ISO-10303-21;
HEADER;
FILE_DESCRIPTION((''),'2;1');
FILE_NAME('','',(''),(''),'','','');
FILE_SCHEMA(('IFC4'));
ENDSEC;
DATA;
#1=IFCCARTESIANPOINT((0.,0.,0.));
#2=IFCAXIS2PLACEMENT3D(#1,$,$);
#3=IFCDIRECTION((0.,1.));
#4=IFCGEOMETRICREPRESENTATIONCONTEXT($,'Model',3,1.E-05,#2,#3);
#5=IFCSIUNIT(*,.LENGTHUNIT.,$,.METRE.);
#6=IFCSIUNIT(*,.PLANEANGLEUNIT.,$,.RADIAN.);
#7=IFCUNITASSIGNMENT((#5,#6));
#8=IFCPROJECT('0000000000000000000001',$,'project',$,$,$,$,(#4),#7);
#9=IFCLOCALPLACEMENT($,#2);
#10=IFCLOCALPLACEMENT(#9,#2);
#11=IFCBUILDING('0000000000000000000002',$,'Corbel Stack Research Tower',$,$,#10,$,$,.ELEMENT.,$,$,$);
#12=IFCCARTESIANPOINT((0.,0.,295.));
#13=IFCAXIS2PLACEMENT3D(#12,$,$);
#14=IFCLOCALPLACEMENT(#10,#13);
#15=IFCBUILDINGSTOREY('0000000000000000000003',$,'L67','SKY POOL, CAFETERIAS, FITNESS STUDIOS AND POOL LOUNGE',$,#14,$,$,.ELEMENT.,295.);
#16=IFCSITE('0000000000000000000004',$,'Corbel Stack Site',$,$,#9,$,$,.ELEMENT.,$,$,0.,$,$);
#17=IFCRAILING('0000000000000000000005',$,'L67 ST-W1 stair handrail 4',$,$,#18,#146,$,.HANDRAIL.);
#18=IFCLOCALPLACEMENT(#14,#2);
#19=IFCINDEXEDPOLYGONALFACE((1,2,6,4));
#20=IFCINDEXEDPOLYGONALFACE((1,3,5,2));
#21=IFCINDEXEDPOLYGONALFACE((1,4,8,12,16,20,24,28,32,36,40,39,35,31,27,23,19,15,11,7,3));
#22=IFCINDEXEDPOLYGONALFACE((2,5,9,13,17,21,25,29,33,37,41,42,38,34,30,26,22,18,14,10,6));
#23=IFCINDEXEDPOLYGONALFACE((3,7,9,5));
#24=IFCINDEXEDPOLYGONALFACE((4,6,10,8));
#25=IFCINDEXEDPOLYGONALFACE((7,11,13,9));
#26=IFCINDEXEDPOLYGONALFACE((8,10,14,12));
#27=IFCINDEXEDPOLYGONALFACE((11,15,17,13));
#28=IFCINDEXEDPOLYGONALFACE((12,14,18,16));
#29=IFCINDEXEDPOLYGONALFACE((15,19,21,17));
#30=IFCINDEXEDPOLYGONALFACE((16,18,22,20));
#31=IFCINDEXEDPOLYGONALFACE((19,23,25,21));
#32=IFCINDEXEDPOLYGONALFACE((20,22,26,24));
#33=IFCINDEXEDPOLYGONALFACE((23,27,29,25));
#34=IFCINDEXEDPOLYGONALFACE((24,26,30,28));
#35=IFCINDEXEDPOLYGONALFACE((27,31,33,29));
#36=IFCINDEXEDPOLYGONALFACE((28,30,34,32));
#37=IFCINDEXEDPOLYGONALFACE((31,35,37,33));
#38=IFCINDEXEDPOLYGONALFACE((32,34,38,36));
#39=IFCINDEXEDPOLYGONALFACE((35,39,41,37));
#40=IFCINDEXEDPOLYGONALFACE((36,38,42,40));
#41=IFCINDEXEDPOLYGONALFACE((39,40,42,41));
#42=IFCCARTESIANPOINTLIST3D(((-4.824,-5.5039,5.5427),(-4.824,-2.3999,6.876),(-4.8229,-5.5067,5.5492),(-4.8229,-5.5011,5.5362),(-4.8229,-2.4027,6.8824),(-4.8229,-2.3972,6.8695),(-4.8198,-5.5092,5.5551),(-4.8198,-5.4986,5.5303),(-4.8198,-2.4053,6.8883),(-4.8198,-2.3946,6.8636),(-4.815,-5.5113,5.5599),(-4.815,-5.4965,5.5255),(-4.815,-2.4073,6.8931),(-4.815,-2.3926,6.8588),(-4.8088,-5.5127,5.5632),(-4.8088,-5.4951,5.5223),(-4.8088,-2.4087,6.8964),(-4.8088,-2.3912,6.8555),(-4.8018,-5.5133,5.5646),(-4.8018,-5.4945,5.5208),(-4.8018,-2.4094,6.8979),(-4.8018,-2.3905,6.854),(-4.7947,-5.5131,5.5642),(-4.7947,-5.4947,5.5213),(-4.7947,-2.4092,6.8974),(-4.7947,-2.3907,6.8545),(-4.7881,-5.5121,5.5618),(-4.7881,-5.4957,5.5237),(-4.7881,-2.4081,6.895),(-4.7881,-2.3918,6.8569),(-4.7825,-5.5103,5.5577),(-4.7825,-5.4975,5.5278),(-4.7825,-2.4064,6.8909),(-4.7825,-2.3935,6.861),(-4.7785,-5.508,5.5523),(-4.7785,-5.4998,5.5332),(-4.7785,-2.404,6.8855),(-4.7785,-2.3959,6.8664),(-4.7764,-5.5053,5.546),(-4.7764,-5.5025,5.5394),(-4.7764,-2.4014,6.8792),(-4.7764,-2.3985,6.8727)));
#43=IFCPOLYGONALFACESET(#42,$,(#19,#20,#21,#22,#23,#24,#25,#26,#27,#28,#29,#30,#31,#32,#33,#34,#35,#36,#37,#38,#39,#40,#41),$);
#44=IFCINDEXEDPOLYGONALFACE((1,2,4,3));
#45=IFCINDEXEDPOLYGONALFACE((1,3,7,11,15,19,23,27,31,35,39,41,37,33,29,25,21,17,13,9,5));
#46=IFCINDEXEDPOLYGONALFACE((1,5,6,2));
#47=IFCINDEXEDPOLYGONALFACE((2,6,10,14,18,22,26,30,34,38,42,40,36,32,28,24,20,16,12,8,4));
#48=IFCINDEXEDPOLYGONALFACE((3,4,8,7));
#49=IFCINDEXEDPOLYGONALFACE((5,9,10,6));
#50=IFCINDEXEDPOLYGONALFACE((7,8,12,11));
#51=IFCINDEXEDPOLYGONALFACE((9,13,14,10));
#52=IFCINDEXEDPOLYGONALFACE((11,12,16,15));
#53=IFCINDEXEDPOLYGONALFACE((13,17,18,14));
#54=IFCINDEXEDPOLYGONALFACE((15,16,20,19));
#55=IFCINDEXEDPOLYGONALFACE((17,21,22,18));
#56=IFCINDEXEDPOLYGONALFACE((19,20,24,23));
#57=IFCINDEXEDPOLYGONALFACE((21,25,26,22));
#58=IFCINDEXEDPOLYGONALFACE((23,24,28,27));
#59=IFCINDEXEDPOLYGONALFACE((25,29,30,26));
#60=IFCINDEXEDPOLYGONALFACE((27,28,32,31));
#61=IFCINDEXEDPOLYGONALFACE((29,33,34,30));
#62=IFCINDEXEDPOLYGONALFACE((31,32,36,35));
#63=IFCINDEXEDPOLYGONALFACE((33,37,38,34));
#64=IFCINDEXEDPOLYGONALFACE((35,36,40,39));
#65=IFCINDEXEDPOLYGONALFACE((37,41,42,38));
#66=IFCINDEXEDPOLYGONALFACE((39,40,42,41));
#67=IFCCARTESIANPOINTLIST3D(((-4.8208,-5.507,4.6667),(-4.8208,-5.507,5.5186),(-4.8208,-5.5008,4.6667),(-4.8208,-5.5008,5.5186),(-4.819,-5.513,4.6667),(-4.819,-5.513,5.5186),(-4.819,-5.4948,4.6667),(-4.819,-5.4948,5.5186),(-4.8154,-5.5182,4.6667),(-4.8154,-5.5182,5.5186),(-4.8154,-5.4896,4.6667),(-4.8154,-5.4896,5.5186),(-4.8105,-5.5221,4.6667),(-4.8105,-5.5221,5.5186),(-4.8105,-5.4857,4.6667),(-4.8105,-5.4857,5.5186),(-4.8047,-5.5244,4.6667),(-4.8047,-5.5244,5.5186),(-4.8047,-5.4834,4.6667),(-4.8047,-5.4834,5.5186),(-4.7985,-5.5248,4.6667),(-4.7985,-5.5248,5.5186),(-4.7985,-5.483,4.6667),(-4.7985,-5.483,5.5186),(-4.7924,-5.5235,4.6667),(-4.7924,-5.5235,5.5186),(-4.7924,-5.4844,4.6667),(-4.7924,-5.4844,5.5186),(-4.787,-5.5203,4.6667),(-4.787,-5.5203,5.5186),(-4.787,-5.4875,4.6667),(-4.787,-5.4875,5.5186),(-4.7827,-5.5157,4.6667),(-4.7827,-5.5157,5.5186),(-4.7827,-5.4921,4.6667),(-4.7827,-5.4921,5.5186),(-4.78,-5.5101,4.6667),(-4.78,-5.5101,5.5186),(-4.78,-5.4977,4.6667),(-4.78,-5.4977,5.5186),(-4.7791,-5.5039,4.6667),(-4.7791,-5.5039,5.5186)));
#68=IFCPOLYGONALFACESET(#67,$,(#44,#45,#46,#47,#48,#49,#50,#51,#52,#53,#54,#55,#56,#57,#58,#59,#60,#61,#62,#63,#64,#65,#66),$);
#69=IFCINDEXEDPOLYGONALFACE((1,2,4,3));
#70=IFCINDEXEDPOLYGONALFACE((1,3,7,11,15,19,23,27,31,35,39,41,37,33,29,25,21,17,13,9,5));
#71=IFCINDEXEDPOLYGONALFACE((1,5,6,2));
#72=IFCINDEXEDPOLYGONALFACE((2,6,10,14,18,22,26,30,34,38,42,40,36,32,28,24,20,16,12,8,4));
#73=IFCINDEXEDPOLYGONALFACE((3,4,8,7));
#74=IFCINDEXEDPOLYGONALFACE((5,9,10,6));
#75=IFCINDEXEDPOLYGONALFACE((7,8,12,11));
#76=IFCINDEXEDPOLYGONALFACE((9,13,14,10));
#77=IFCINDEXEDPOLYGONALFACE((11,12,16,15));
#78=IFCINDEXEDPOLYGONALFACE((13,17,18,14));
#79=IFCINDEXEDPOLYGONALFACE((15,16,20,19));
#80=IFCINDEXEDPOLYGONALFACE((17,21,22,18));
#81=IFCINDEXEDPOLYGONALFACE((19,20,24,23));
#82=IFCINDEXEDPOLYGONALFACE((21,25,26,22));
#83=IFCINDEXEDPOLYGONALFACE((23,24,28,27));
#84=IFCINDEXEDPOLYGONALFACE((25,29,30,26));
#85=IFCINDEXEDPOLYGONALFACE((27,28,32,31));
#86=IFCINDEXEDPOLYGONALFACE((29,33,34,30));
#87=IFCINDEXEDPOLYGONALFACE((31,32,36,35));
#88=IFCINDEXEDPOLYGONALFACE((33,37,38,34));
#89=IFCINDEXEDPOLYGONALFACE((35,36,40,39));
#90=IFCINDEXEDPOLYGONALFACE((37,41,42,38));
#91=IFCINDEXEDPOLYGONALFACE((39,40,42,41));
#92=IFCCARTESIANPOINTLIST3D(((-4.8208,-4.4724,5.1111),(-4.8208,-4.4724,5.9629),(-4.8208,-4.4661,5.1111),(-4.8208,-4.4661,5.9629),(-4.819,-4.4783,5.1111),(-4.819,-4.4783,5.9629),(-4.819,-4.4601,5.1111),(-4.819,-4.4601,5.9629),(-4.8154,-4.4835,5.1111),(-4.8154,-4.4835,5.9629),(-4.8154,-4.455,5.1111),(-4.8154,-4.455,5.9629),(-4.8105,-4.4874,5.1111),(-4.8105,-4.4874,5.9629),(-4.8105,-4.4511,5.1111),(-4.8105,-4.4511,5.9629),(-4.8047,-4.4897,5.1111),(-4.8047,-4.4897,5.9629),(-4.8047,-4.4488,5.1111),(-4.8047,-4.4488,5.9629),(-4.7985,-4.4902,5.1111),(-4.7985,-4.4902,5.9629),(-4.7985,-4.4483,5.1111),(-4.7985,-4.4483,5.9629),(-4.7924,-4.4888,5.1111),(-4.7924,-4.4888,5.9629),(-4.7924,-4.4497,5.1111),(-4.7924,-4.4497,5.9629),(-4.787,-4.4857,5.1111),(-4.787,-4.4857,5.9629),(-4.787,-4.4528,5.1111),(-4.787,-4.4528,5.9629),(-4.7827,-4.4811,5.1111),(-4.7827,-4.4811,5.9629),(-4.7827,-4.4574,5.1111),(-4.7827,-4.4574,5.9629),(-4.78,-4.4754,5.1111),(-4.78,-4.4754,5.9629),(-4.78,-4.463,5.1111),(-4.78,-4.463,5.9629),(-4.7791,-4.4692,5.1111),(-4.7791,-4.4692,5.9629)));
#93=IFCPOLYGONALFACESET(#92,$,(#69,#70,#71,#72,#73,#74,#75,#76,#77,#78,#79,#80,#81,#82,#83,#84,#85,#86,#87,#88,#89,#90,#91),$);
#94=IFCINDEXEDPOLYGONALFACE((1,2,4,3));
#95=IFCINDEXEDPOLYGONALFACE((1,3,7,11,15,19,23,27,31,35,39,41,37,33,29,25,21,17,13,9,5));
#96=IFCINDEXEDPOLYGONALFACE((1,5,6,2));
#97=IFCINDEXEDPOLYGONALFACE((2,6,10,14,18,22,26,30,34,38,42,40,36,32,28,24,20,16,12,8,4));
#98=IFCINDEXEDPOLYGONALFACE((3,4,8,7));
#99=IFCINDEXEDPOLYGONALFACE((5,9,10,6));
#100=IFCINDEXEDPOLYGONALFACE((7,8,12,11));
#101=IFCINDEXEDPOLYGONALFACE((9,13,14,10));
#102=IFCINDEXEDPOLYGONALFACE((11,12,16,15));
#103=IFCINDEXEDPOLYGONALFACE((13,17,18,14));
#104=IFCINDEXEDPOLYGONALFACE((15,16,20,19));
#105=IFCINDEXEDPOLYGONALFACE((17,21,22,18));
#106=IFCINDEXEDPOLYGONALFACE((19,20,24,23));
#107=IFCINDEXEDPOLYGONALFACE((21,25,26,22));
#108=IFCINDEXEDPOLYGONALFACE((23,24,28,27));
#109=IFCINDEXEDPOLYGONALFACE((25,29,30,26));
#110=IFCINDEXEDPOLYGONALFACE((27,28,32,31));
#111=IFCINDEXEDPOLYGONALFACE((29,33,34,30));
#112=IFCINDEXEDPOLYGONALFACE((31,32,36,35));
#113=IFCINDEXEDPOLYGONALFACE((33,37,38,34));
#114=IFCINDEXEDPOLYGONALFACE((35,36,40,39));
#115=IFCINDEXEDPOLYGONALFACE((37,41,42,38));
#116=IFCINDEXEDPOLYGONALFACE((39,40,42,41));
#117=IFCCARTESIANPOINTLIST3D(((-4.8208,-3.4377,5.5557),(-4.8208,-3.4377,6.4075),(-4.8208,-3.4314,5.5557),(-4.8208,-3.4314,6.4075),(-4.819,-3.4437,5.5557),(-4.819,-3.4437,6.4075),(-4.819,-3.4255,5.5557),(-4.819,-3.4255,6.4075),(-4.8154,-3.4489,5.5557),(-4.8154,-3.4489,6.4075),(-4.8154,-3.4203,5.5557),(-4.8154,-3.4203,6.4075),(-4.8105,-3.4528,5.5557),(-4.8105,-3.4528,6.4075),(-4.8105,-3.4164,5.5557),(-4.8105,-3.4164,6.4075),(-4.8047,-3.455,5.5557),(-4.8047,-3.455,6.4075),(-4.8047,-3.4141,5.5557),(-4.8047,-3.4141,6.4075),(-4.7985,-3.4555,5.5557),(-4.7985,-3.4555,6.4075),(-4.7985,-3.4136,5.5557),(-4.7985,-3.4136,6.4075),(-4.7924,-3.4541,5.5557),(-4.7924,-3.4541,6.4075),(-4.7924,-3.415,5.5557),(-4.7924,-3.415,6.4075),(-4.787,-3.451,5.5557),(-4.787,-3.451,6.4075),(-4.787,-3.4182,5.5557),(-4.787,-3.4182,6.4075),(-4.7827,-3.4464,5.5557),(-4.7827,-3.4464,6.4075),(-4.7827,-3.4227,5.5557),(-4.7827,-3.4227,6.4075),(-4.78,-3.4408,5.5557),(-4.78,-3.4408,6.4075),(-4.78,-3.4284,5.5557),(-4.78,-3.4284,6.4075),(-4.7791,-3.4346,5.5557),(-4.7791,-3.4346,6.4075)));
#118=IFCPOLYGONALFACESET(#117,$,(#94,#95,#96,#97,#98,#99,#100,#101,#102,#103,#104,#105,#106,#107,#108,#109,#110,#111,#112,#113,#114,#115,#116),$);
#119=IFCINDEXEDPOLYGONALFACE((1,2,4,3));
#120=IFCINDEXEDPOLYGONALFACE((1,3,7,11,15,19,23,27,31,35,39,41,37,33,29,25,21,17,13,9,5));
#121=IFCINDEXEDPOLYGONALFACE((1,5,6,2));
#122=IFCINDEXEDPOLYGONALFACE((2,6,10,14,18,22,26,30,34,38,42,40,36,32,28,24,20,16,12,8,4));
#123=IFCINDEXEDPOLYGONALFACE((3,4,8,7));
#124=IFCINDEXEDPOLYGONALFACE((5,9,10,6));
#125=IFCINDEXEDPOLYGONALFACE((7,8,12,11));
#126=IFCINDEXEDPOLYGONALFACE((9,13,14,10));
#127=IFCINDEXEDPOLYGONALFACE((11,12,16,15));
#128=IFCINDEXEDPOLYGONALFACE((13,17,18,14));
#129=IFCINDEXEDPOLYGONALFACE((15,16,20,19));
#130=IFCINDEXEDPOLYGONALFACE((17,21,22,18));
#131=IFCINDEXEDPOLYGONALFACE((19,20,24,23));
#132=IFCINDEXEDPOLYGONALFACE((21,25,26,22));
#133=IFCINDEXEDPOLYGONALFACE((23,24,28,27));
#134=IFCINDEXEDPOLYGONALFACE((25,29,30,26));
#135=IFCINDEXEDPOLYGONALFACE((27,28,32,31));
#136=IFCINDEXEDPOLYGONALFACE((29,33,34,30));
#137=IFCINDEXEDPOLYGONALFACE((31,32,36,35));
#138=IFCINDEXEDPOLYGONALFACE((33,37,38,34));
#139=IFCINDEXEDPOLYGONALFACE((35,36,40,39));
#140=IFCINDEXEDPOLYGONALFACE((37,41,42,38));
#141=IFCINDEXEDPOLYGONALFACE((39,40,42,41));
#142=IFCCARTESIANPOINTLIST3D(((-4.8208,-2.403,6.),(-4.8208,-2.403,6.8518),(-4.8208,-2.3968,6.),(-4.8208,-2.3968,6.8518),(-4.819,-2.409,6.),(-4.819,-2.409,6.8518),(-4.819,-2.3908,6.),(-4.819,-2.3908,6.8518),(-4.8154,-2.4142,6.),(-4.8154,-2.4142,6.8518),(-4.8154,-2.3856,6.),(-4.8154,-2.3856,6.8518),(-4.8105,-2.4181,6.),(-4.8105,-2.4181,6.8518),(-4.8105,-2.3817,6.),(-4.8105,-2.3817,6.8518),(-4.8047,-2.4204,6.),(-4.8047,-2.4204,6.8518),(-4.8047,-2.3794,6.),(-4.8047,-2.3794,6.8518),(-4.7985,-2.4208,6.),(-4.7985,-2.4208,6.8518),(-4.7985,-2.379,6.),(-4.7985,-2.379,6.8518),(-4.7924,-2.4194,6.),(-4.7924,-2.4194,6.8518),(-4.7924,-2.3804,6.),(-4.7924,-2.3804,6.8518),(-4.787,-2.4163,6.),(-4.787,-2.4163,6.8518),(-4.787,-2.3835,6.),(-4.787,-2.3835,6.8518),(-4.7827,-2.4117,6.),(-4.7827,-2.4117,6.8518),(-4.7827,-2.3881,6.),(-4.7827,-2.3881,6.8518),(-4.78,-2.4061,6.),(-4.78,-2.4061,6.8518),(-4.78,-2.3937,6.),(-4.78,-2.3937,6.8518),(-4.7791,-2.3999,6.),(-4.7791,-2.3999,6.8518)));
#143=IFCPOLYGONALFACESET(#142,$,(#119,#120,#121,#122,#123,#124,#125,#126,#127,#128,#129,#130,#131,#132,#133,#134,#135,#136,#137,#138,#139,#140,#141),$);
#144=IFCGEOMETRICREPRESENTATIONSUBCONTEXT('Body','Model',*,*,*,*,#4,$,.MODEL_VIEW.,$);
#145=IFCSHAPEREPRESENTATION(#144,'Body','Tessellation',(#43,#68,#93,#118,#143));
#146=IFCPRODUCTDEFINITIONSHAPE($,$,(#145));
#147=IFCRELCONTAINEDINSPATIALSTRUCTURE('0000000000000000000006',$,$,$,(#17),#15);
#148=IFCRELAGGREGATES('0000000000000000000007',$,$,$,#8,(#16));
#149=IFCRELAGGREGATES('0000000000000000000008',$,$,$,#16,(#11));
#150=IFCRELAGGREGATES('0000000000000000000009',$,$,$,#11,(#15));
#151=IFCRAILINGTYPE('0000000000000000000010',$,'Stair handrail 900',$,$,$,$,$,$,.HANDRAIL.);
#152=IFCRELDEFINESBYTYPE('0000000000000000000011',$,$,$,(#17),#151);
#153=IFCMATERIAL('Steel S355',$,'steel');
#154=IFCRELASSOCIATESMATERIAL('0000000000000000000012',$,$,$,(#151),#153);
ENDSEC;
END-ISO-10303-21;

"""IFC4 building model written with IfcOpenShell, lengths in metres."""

from ifc_helpers import new_model, si_unit, direction, frame, origin, origin_2d, place, context, subcontext, project, spatial, circle, extrude, material, type_object, element, save


model = new_model("IFC4")

# Units and contexts
model_context = context("Model", 3, precision=1e-05, world=origin(), true_north=direction((0.0, 1.0)))
body_context = subcontext(model_context, "Body", "Model", "MODEL_VIEW")
ifc_project = project(units=[si_unit("LENGTHUNIT", "METRE"), si_unit("PLANEANGLEUNIT", "RADIAN")], contexts=[model_context])

# Site, building, storey
site_placement = place(None, origin())
site = spatial("IfcSite", under=ifc_project, at=site_placement, Name="Corbel Stack Site", CompositionType="ELEMENT", RefElevation=0.0)
building_placement = place(site_placement, origin())
building = spatial("IfcBuilding", under=site, at=building_placement, Name="Corbel Stack Research Tower", CompositionType="ELEMENT")
storey_placement = place(building_placement, frame((0.0, 0.0, 295.0)))
storey = spatial("IfcBuildingStorey", under=building, at=storey_placement, Name="L67", Description="SKY POOL, CAFETERIAS, FITNESS STUDIOS AND POOL LOUNGE", CompositionType="ELEMENT", Elevation=295.0)

# Railing
ifc_material_1 = material(Name="Steel S355", Category="steel")
railing_type_1 = type_object("IfcRailingType", Name="Stair handrail 900", PredefinedType="HANDRAIL", material=ifc_material_1)
for number, where, name in (
    (1, (-4.8, -5.5039, 4.6667), "L67 ST-W1 stair handrail 4"),
):
    element("IfcRailing", number, at=place(storey_placement, frame(where)), inside=storey, type_object=railing_type_1, Name=name, PredefinedType="HANDRAIL", context=body_context, shape_type="SweptSolid", body=[
        extrude(circle(Radius=0.0239, at=origin_2d()), frame((0.0, 0.0, 0.876), z_axis=(0.0, 0.918827, 0.394661), x_axis=(-1.0, 0.0, 0.0)), (0.0, 0.0, 1.0), 3.3782),
        extrude(circle(Radius=0.021, at=origin_2d()), origin(), (0.0, 0.0, 1.0), 0.8518),
        extrude(circle(Radius=0.021, at=origin_2d()), frame((0.0, 1.0347, 0.4443)), (0.0, 0.0, 1.0), 0.8518),
        extrude(circle(Radius=0.021, at=origin_2d()), frame((0.0, 2.0693, 0.8889)), (0.0, 0.0, 1.0), 0.8518),
        extrude(circle(Radius=0.021, at=origin_2d()), frame((0.0, 3.104, 1.3333)), (0.0, 0.0, 1.0), 0.8518),
    ])

save(model, "model.ifc")
